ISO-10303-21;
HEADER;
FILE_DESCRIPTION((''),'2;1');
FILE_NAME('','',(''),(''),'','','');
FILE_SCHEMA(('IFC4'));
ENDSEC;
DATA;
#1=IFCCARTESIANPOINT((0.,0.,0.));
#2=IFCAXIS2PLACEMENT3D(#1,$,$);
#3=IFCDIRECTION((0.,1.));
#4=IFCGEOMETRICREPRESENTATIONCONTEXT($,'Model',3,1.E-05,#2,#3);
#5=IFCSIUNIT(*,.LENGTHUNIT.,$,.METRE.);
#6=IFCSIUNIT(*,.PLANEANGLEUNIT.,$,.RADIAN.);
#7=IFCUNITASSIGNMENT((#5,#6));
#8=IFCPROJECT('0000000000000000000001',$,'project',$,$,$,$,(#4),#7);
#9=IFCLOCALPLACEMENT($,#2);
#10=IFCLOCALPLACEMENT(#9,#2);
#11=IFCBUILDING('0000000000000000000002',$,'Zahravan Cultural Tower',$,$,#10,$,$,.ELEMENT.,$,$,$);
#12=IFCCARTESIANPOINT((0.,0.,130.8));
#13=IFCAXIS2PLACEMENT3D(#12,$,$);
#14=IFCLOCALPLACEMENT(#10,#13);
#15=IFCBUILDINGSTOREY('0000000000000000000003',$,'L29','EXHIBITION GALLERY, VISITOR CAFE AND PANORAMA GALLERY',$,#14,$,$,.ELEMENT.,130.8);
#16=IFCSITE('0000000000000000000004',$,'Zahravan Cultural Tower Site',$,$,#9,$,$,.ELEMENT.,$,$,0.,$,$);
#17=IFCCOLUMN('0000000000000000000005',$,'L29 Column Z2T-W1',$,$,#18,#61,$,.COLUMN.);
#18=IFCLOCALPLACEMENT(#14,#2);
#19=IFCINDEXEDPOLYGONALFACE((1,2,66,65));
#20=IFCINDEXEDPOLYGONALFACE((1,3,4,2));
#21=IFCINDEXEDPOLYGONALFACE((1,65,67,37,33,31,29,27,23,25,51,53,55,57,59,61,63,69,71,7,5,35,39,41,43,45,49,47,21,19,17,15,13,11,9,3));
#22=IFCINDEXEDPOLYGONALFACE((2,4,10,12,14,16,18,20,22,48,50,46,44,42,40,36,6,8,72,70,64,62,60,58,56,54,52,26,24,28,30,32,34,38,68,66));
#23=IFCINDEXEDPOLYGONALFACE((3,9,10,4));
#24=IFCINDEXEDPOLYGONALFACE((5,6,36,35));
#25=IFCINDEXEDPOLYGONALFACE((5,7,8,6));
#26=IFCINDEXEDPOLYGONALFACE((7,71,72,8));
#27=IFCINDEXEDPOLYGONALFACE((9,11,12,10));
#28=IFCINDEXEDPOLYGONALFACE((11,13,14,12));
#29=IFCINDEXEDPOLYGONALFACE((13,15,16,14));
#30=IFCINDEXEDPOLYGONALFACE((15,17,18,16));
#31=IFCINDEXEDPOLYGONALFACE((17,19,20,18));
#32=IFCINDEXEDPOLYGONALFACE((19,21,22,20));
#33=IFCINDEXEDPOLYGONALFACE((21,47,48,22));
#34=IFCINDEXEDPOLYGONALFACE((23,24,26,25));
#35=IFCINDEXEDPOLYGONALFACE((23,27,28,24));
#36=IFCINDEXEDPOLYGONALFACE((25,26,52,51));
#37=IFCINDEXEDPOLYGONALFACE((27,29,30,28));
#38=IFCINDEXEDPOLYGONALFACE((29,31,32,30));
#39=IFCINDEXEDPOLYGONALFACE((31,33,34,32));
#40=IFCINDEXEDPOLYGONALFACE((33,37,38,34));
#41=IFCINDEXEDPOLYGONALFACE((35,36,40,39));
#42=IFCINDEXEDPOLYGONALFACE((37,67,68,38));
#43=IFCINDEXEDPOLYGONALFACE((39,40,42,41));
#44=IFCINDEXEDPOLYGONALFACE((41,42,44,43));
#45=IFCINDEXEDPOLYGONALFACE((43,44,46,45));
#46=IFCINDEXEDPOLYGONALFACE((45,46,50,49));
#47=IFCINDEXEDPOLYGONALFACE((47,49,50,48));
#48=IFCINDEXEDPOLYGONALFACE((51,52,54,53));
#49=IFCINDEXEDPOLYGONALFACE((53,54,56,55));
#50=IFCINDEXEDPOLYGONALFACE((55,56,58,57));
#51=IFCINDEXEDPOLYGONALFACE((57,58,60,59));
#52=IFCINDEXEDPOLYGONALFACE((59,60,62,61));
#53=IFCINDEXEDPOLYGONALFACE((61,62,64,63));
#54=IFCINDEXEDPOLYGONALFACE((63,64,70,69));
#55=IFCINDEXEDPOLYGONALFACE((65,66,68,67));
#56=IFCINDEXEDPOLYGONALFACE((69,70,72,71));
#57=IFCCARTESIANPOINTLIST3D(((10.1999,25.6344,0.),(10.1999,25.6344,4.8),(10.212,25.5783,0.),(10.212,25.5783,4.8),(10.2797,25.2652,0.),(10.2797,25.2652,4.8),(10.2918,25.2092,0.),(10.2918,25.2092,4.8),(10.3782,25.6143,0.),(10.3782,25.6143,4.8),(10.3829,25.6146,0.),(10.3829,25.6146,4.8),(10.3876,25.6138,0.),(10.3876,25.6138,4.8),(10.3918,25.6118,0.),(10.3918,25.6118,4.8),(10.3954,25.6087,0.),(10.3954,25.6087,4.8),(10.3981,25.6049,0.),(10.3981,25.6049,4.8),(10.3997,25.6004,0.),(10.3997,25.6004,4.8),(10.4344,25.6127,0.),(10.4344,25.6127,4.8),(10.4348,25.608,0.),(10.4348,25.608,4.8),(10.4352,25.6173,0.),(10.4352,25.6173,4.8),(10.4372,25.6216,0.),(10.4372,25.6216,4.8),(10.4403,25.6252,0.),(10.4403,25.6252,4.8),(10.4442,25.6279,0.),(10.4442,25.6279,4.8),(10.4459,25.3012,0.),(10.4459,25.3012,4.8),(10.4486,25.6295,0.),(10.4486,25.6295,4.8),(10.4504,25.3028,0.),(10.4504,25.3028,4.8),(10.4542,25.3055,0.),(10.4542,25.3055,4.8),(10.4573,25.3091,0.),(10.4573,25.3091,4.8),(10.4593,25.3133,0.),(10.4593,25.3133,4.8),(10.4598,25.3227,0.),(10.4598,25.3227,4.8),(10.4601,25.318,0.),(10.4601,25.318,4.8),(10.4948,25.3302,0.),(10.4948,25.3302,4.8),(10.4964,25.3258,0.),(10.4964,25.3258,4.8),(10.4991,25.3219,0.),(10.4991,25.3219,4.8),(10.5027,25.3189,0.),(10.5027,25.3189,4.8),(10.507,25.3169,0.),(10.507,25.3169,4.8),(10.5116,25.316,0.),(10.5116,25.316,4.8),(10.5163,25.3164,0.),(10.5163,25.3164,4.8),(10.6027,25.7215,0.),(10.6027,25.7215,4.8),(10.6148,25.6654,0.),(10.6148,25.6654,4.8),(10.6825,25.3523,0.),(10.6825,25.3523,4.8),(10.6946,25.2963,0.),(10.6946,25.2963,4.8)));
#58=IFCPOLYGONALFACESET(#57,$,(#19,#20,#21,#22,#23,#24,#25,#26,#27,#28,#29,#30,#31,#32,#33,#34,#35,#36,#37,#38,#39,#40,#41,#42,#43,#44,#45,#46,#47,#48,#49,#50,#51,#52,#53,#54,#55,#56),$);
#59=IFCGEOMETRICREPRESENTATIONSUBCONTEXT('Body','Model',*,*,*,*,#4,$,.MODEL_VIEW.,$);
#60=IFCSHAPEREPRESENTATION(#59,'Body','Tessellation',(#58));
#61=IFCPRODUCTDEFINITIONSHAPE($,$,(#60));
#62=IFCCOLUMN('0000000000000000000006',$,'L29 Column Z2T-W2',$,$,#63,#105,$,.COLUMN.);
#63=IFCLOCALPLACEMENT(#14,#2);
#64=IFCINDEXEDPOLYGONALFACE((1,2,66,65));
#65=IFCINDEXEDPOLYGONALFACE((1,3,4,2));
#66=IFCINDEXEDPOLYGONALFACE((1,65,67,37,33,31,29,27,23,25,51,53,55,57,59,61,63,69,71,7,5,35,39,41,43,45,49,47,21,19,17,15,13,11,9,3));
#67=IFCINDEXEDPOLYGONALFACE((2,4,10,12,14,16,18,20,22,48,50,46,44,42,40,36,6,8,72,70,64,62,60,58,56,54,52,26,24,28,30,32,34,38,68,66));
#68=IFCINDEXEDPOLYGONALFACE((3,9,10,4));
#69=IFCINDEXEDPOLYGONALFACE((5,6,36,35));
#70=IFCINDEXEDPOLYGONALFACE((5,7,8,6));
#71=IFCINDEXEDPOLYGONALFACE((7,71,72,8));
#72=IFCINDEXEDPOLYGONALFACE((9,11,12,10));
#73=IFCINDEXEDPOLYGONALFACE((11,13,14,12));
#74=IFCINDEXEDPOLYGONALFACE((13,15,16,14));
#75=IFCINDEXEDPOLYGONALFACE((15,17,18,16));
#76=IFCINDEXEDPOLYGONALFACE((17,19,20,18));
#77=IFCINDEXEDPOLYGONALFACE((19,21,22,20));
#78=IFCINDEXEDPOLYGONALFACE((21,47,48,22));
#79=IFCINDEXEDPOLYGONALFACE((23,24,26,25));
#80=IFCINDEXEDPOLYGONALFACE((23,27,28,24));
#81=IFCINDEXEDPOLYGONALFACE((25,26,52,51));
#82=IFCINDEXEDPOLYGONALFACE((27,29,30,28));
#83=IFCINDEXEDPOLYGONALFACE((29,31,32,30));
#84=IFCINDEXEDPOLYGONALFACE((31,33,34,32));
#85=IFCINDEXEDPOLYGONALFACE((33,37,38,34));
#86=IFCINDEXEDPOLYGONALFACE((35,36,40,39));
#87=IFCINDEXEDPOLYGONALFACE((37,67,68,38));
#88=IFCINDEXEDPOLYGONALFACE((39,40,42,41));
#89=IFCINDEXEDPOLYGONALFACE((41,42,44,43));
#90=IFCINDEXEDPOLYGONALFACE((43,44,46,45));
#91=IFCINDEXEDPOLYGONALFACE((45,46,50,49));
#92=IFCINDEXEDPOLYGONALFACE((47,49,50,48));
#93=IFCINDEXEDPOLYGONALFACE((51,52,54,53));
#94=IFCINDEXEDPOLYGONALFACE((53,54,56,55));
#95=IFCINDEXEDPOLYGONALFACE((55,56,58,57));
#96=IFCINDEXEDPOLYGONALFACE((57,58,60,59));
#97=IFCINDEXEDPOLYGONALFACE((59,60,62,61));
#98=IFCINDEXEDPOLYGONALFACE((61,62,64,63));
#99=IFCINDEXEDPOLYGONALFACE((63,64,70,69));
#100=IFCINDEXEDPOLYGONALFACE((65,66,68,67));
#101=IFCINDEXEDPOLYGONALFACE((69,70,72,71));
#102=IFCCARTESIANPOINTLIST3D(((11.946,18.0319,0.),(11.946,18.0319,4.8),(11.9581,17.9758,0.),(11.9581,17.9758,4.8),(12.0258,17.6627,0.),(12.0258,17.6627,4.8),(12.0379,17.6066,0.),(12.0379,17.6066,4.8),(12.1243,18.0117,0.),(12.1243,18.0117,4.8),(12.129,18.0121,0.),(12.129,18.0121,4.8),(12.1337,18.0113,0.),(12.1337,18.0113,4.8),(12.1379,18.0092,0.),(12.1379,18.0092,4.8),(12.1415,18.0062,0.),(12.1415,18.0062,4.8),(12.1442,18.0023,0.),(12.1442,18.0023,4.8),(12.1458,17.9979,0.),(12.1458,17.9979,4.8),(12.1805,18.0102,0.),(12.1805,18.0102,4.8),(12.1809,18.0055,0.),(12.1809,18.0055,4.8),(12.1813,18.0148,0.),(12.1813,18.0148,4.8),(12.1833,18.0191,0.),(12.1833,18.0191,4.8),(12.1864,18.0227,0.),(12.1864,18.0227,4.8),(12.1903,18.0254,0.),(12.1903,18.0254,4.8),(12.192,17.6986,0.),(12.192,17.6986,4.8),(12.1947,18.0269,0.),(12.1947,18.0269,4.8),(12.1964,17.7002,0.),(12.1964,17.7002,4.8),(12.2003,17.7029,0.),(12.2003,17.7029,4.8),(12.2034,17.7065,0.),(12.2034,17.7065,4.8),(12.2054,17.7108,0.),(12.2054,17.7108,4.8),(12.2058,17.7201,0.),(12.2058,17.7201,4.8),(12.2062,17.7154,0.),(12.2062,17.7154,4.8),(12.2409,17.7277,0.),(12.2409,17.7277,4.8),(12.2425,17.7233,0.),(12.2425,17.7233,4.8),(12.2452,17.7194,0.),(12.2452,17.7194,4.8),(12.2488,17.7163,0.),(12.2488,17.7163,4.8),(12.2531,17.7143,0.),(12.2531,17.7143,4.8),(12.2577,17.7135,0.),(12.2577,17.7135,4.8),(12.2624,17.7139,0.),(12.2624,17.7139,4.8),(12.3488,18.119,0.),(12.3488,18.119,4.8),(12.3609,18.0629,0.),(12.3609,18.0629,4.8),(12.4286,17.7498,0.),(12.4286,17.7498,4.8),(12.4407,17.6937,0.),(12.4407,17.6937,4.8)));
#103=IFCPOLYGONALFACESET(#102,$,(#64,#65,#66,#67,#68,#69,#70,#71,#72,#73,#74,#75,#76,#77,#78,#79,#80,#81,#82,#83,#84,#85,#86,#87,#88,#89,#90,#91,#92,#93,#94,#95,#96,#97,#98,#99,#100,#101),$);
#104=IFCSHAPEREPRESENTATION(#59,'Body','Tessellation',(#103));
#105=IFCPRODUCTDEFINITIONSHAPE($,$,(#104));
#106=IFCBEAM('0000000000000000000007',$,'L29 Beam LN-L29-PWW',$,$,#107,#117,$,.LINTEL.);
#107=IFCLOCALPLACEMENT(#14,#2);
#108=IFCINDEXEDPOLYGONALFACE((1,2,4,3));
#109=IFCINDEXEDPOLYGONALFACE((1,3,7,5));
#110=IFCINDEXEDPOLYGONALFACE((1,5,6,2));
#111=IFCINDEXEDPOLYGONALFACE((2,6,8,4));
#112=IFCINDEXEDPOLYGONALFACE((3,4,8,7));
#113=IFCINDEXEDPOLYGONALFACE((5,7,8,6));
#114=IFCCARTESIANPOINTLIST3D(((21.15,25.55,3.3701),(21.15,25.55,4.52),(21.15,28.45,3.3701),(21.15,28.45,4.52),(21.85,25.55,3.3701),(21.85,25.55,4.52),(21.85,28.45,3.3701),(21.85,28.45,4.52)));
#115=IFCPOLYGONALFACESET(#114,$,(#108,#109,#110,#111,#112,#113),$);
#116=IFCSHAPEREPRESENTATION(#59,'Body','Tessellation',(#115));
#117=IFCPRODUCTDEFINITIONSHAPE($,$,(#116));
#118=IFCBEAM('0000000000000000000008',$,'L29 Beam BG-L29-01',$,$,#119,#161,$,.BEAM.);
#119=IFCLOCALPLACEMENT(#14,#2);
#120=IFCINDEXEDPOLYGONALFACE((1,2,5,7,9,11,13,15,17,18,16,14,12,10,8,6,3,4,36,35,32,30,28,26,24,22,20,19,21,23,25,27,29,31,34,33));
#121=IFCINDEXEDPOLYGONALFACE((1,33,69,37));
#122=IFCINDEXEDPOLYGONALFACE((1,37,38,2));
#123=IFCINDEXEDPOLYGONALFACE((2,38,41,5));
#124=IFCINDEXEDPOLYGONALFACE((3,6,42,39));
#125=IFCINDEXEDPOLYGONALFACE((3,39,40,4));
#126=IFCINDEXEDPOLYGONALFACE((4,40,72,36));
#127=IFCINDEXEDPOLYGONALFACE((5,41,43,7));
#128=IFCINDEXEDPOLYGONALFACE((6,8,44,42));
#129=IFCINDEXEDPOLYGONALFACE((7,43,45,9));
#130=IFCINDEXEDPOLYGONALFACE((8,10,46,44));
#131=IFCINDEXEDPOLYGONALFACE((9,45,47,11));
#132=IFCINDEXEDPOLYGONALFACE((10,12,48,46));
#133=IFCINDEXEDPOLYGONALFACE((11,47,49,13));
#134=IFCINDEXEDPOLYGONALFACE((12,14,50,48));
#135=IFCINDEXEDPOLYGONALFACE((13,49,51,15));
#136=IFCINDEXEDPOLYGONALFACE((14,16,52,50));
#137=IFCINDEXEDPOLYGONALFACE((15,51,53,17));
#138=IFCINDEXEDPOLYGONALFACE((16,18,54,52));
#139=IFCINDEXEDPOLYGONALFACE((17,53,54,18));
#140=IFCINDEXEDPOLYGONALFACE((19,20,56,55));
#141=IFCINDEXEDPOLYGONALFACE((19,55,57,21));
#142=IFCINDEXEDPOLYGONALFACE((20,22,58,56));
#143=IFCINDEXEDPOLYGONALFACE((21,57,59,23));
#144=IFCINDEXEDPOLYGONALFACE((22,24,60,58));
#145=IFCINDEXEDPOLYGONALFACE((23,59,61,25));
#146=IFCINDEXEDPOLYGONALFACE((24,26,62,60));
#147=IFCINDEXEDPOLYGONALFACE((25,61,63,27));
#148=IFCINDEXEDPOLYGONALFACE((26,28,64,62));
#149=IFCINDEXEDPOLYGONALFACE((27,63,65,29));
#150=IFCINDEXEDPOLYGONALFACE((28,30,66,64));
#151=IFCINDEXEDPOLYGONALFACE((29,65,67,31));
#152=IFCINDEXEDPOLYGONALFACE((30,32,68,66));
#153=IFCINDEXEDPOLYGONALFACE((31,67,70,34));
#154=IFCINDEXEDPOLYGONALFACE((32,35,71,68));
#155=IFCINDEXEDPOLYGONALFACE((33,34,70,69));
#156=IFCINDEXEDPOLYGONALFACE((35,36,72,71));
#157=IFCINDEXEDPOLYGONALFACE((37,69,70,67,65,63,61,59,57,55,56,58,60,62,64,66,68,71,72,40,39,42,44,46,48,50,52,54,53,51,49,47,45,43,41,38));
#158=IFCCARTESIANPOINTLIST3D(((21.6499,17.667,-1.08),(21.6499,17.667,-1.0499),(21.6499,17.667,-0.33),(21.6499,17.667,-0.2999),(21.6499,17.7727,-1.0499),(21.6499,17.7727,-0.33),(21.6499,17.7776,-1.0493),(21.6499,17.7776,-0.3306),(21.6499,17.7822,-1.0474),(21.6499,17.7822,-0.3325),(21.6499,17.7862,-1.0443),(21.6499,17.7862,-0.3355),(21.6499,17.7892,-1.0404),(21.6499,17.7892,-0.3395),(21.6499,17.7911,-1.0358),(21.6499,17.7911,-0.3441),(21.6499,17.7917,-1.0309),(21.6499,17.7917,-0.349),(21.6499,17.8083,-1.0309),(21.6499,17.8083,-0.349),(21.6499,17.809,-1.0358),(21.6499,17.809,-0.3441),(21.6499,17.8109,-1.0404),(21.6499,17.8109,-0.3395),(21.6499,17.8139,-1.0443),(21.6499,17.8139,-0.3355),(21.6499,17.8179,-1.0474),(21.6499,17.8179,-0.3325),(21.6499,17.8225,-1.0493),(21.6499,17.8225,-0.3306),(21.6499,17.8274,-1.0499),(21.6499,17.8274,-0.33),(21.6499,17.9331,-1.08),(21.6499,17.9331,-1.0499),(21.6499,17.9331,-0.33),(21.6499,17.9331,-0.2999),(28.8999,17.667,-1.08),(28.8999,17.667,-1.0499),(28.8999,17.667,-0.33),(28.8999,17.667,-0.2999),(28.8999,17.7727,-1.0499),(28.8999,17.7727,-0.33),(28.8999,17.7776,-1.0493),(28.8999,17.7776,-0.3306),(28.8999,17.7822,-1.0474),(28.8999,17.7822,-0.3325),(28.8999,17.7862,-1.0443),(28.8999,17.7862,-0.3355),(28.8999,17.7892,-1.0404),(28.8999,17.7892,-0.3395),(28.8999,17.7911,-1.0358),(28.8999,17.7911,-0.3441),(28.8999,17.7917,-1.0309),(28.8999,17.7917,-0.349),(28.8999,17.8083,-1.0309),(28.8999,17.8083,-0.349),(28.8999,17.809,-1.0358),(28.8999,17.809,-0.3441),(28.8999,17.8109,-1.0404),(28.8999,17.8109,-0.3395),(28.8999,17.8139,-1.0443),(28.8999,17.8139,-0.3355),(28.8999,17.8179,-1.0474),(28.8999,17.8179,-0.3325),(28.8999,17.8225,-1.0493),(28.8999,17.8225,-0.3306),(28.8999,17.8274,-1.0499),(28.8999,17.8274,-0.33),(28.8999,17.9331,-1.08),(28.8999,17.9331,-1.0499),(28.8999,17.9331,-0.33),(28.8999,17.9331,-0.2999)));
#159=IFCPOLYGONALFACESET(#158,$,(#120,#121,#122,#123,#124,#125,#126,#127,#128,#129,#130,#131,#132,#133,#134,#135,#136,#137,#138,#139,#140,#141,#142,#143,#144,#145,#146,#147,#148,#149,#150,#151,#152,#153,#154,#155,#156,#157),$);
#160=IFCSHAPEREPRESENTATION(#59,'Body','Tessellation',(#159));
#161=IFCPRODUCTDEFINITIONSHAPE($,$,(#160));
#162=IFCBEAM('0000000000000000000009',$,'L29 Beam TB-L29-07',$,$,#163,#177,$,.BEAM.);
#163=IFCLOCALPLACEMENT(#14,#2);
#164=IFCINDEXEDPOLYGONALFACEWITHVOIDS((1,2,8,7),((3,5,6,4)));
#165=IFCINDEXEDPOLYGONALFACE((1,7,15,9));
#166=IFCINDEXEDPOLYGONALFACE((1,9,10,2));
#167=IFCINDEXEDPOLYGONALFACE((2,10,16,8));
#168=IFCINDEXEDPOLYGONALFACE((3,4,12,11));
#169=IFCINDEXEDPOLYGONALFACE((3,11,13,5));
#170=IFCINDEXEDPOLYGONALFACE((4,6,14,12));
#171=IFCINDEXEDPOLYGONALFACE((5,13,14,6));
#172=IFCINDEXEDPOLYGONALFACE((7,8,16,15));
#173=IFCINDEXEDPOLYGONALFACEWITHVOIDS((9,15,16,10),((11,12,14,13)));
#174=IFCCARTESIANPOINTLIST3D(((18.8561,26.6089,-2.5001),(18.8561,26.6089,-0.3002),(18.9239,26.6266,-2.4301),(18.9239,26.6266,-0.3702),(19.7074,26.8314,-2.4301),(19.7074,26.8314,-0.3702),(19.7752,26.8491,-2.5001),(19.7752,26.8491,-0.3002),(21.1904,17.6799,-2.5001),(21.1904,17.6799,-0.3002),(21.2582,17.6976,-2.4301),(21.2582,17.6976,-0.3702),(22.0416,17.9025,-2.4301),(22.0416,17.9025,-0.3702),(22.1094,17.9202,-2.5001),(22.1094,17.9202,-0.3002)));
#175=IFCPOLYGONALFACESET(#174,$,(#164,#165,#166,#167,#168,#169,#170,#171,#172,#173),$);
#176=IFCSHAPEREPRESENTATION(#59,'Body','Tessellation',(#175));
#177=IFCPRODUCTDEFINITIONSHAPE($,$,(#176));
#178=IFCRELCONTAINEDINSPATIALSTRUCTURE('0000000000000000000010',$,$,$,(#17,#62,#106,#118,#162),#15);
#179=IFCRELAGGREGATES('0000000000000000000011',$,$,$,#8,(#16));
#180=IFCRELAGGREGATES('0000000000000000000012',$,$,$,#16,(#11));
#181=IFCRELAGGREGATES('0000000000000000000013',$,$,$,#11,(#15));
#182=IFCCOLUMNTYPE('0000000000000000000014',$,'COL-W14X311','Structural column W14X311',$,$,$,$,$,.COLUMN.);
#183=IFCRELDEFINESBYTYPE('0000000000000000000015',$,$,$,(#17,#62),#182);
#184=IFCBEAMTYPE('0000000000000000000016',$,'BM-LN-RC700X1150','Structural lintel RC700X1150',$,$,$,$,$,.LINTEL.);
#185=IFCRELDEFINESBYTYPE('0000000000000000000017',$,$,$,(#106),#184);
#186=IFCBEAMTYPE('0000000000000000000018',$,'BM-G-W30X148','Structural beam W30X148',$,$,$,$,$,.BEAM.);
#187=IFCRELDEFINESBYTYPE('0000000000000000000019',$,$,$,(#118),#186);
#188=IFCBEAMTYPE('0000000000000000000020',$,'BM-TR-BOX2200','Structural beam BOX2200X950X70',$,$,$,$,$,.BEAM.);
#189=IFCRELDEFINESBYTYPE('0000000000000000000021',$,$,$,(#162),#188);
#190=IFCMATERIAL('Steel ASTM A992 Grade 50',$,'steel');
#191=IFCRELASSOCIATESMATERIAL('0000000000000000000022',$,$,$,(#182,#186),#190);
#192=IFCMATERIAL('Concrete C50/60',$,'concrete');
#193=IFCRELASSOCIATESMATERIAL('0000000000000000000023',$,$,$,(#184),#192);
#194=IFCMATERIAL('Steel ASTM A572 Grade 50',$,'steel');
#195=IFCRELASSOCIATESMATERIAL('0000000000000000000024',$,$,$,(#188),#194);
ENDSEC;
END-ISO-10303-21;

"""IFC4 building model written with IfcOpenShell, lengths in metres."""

from ifc_helpers import new_model, si_unit, direction, frame, origin, origin_2d, place, context, subcontext, project, spatial, rectangle, hollow_rectangle, i_section, extrude, source, transform, mapped, material, material_profile, profile_set, type_object, element, save


model = new_model("IFC4")

# Units and contexts
model_context = context("Model", 3, precision=1e-05, world=origin(), true_north=direction((0.0, 1.0)))
body_context = subcontext(model_context, "Body", "Model", "MODEL_VIEW")
ifc_project = project(units=[si_unit("LENGTHUNIT", "METRE"), si_unit("PLANEANGLEUNIT", "RADIAN")], contexts=[model_context])

# Site, building, storey
site_placement = place(None, origin())
site = spatial("IfcSite", under=ifc_project, at=site_placement, Name="Zahravan Cultural Tower Site", CompositionType="ELEMENT", RefElevation=0.0)
building_placement = place(site_placement, origin())
building = spatial("IfcBuilding", under=site, at=building_placement, Name="Zahravan Cultural Tower", CompositionType="ELEMENT")
storey_placement = place(building_placement, frame((0.0, 0.0, 130.8)))
storey = spatial("IfcBuildingStorey", under=building, at=storey_placement, Name="L29", Description="EXHIBITION GALLERY, VISITOR CAFE AND PANORAMA GALLERY", CompositionType="ELEMENT", Elevation=130.8)

# Columns
ifc_material_1 = material(Name="Steel ASTM A992 Grade 50", Category="steel")
ifc_material_profile_1 = material_profile(ifc_material_1, i_section(OverallWidth=0.4121, OverallDepth=0.4351, WebThickness=0.0359, FlangeThickness=0.0574, FilletRadius=0.0181, at=origin_2d()), Name="W14X311")
ifc_profile_set_1 = profile_set([ifc_material_profile_1], Name="Steel ASTM A992 Grade 50")
column_type = type_object("IfcColumnType", Name="COL-W14X311", Description="Structural column W14X311", PredefinedType="COLUMN", material=ifc_profile_set_1)
shared_shape_1 = source(origin(), body_context, "Body", "SweptSolid", [
    extrude(i_section(OverallWidth=0.4121, OverallDepth=0.4351, WebThickness=0.0359, FlangeThickness=0.0574, FilletRadius=0.0181, at=origin_2d()), origin(), (0.0, 0.0, 1.0), 4.8),
])
for number, where, z_axis, x_axis, name in (
    (1, (10.4473, 25.4653, 0.0), (0.0, 0.0, 1.0), (0.977416, 0.211325, 0.0), "L29 Column Z2T-W1"),
    (2, (12.1934, 17.8628, 0.0), (0.0, 0.0, 1.0), (0.977416, 0.211325, 0.0), "L29 Column Z2T-W2"),
):
    element("IfcColumn", number, at=place(storey_placement, frame(where, z_axis=z_axis, x_axis=x_axis)), inside=storey, type_object=column_type, Name=name, PredefinedType="COLUMN", context=body_context, shape_type="MappedRepresentation", body=[
        mapped(shared_shape_1, transform((0.0, 0.0, 0.0), x_axis=(1.0, 0.0, 0.0), y_axis=(0.0, 1.0, 0.0), z_axis=(0.0, 0.0, 1.0), scale=1.0)),
    ])

# Beams
ifc_material_2 = material(Name="Concrete C50/60", Category="concrete")
ifc_material_profile_2 = material_profile(ifc_material_2, rectangle(XDim=0.7, YDim=1.1499, at=origin_2d()), Name="RC700X1150")
ifc_profile_set_2 = profile_set([ifc_material_profile_2], Name="Concrete C50/60")
beam_type_1 = type_object("IfcBeamType", Name="BM-LN-RC700X1150", Description="Structural lintel RC700X1150", PredefinedType="LINTEL", material=ifc_profile_set_2)
shared_shape_2 = source(origin(), body_context, "Body", "SweptSolid", [
    extrude(rectangle(XDim=0.7, YDim=1.1499, at=origin_2d()), origin(), (0.0, 0.0, 1.0), 2.8999),
])
beam_1_placement = place(storey_placement, frame((21.5, 25.55, 3.9451), z_axis=(0.0, 1.0, 0.0), x_axis=(-1.0, 0.0, 0.0)))
element("IfcBeam", 3, at=beam_1_placement, inside=storey, type_object=beam_type_1, Name="L29 Beam LN-L29-PWW", PredefinedType="LINTEL", context=body_context, shape_type="MappedRepresentation", body=[
    mapped(shared_shape_2, transform((0.0, 0.0, 0.0), x_axis=(1.0, 0.0, 0.0), y_axis=(0.0, 1.0, 0.0), z_axis=(0.0, 0.0, 1.0), scale=1.0)),
])
ifc_material_profile_3 = material_profile(ifc_material_1, i_section(OverallWidth=0.2661, OverallDepth=0.78, WebThickness=0.0166, FlangeThickness=0.03, FilletRadius=0.019, at=origin_2d()), Name="W30X148")
ifc_profile_set_3 = profile_set([ifc_material_profile_3], Name="Steel ASTM A992 Grade 50")
beam_type_2 = type_object("IfcBeamType", Name="BM-G-W30X148", Description="Structural beam W30X148", PredefinedType="BEAM", material=ifc_profile_set_3)
shared_shape_3 = source(origin(), body_context, "Body", "SweptSolid", [
    extrude(i_section(OverallWidth=0.2661, OverallDepth=0.78, WebThickness=0.0166, FlangeThickness=0.03, FilletRadius=0.019, at=origin_2d()), origin(), (0.0, 0.0, 1.0), 7.25),
])
beam_2_placement = place(storey_placement, frame((21.6499, 17.8, -0.6899), z_axis=(1.0, 0.0, 0.0), x_axis=(0.0, 1.0, 0.0)))
element("IfcBeam", 4, at=beam_2_placement, inside=storey, type_object=beam_type_2, Name="L29 Beam BG-L29-01", PredefinedType="BEAM", context=body_context, shape_type="MappedRepresentation", body=[
    mapped(shared_shape_3, transform((0.0, 0.0, 0.0), x_axis=(1.0, 0.0, 0.0), y_axis=(0.0, 1.0, 0.0), z_axis=(0.0, 0.0, 1.0), scale=1.0)),
])
ifc_material_3 = material(Name="Steel ASTM A572 Grade 50", Category="steel")
ifc_material_profile_4 = material_profile(ifc_material_3, hollow_rectangle(XDim=0.95, YDim=2.2, WallThickness=0.0701, at=origin_2d()), Name="BOX2200X950X70")
ifc_profile_set_4 = profile_set([ifc_material_profile_4], Name="Steel ASTM A572 Grade 50")
beam_type_3 = type_object("IfcBeamType", Name="BM-TR-BOX2200", Description="Structural beam BOX2200X950X70", PredefinedType="BEAM", material=ifc_profile_set_4)
shared_shape_4 = source(origin(), body_context, "Body", "SweptSolid", [
    extrude(hollow_rectangle(XDim=0.95, YDim=2.2, WallThickness=0.0701, at=origin_2d()), origin(), (0.0, 0.0, 1.0), 9.229),
])
beam_3_placement = place(storey_placement, frame((21.6499, 17.8, -1.4001), z_axis=(-0.252923, 0.967487, 0.0), x_axis=(-0.967487, -0.252923, 0.0)))
element("IfcBeam", 5, at=beam_3_placement, inside=storey, type_object=beam_type_3, Name="L29 Beam TB-L29-07", PredefinedType="BEAM", context=body_context, shape_type="MappedRepresentation", body=[
    mapped(shared_shape_4, transform((0.0, 0.0, 0.0), x_axis=(1.0, 0.0, 0.0), y_axis=(0.0, 1.0, 0.0), z_axis=(0.0, 0.0, 1.0), scale=1.0)),
])

save(model, "model.ifc")
